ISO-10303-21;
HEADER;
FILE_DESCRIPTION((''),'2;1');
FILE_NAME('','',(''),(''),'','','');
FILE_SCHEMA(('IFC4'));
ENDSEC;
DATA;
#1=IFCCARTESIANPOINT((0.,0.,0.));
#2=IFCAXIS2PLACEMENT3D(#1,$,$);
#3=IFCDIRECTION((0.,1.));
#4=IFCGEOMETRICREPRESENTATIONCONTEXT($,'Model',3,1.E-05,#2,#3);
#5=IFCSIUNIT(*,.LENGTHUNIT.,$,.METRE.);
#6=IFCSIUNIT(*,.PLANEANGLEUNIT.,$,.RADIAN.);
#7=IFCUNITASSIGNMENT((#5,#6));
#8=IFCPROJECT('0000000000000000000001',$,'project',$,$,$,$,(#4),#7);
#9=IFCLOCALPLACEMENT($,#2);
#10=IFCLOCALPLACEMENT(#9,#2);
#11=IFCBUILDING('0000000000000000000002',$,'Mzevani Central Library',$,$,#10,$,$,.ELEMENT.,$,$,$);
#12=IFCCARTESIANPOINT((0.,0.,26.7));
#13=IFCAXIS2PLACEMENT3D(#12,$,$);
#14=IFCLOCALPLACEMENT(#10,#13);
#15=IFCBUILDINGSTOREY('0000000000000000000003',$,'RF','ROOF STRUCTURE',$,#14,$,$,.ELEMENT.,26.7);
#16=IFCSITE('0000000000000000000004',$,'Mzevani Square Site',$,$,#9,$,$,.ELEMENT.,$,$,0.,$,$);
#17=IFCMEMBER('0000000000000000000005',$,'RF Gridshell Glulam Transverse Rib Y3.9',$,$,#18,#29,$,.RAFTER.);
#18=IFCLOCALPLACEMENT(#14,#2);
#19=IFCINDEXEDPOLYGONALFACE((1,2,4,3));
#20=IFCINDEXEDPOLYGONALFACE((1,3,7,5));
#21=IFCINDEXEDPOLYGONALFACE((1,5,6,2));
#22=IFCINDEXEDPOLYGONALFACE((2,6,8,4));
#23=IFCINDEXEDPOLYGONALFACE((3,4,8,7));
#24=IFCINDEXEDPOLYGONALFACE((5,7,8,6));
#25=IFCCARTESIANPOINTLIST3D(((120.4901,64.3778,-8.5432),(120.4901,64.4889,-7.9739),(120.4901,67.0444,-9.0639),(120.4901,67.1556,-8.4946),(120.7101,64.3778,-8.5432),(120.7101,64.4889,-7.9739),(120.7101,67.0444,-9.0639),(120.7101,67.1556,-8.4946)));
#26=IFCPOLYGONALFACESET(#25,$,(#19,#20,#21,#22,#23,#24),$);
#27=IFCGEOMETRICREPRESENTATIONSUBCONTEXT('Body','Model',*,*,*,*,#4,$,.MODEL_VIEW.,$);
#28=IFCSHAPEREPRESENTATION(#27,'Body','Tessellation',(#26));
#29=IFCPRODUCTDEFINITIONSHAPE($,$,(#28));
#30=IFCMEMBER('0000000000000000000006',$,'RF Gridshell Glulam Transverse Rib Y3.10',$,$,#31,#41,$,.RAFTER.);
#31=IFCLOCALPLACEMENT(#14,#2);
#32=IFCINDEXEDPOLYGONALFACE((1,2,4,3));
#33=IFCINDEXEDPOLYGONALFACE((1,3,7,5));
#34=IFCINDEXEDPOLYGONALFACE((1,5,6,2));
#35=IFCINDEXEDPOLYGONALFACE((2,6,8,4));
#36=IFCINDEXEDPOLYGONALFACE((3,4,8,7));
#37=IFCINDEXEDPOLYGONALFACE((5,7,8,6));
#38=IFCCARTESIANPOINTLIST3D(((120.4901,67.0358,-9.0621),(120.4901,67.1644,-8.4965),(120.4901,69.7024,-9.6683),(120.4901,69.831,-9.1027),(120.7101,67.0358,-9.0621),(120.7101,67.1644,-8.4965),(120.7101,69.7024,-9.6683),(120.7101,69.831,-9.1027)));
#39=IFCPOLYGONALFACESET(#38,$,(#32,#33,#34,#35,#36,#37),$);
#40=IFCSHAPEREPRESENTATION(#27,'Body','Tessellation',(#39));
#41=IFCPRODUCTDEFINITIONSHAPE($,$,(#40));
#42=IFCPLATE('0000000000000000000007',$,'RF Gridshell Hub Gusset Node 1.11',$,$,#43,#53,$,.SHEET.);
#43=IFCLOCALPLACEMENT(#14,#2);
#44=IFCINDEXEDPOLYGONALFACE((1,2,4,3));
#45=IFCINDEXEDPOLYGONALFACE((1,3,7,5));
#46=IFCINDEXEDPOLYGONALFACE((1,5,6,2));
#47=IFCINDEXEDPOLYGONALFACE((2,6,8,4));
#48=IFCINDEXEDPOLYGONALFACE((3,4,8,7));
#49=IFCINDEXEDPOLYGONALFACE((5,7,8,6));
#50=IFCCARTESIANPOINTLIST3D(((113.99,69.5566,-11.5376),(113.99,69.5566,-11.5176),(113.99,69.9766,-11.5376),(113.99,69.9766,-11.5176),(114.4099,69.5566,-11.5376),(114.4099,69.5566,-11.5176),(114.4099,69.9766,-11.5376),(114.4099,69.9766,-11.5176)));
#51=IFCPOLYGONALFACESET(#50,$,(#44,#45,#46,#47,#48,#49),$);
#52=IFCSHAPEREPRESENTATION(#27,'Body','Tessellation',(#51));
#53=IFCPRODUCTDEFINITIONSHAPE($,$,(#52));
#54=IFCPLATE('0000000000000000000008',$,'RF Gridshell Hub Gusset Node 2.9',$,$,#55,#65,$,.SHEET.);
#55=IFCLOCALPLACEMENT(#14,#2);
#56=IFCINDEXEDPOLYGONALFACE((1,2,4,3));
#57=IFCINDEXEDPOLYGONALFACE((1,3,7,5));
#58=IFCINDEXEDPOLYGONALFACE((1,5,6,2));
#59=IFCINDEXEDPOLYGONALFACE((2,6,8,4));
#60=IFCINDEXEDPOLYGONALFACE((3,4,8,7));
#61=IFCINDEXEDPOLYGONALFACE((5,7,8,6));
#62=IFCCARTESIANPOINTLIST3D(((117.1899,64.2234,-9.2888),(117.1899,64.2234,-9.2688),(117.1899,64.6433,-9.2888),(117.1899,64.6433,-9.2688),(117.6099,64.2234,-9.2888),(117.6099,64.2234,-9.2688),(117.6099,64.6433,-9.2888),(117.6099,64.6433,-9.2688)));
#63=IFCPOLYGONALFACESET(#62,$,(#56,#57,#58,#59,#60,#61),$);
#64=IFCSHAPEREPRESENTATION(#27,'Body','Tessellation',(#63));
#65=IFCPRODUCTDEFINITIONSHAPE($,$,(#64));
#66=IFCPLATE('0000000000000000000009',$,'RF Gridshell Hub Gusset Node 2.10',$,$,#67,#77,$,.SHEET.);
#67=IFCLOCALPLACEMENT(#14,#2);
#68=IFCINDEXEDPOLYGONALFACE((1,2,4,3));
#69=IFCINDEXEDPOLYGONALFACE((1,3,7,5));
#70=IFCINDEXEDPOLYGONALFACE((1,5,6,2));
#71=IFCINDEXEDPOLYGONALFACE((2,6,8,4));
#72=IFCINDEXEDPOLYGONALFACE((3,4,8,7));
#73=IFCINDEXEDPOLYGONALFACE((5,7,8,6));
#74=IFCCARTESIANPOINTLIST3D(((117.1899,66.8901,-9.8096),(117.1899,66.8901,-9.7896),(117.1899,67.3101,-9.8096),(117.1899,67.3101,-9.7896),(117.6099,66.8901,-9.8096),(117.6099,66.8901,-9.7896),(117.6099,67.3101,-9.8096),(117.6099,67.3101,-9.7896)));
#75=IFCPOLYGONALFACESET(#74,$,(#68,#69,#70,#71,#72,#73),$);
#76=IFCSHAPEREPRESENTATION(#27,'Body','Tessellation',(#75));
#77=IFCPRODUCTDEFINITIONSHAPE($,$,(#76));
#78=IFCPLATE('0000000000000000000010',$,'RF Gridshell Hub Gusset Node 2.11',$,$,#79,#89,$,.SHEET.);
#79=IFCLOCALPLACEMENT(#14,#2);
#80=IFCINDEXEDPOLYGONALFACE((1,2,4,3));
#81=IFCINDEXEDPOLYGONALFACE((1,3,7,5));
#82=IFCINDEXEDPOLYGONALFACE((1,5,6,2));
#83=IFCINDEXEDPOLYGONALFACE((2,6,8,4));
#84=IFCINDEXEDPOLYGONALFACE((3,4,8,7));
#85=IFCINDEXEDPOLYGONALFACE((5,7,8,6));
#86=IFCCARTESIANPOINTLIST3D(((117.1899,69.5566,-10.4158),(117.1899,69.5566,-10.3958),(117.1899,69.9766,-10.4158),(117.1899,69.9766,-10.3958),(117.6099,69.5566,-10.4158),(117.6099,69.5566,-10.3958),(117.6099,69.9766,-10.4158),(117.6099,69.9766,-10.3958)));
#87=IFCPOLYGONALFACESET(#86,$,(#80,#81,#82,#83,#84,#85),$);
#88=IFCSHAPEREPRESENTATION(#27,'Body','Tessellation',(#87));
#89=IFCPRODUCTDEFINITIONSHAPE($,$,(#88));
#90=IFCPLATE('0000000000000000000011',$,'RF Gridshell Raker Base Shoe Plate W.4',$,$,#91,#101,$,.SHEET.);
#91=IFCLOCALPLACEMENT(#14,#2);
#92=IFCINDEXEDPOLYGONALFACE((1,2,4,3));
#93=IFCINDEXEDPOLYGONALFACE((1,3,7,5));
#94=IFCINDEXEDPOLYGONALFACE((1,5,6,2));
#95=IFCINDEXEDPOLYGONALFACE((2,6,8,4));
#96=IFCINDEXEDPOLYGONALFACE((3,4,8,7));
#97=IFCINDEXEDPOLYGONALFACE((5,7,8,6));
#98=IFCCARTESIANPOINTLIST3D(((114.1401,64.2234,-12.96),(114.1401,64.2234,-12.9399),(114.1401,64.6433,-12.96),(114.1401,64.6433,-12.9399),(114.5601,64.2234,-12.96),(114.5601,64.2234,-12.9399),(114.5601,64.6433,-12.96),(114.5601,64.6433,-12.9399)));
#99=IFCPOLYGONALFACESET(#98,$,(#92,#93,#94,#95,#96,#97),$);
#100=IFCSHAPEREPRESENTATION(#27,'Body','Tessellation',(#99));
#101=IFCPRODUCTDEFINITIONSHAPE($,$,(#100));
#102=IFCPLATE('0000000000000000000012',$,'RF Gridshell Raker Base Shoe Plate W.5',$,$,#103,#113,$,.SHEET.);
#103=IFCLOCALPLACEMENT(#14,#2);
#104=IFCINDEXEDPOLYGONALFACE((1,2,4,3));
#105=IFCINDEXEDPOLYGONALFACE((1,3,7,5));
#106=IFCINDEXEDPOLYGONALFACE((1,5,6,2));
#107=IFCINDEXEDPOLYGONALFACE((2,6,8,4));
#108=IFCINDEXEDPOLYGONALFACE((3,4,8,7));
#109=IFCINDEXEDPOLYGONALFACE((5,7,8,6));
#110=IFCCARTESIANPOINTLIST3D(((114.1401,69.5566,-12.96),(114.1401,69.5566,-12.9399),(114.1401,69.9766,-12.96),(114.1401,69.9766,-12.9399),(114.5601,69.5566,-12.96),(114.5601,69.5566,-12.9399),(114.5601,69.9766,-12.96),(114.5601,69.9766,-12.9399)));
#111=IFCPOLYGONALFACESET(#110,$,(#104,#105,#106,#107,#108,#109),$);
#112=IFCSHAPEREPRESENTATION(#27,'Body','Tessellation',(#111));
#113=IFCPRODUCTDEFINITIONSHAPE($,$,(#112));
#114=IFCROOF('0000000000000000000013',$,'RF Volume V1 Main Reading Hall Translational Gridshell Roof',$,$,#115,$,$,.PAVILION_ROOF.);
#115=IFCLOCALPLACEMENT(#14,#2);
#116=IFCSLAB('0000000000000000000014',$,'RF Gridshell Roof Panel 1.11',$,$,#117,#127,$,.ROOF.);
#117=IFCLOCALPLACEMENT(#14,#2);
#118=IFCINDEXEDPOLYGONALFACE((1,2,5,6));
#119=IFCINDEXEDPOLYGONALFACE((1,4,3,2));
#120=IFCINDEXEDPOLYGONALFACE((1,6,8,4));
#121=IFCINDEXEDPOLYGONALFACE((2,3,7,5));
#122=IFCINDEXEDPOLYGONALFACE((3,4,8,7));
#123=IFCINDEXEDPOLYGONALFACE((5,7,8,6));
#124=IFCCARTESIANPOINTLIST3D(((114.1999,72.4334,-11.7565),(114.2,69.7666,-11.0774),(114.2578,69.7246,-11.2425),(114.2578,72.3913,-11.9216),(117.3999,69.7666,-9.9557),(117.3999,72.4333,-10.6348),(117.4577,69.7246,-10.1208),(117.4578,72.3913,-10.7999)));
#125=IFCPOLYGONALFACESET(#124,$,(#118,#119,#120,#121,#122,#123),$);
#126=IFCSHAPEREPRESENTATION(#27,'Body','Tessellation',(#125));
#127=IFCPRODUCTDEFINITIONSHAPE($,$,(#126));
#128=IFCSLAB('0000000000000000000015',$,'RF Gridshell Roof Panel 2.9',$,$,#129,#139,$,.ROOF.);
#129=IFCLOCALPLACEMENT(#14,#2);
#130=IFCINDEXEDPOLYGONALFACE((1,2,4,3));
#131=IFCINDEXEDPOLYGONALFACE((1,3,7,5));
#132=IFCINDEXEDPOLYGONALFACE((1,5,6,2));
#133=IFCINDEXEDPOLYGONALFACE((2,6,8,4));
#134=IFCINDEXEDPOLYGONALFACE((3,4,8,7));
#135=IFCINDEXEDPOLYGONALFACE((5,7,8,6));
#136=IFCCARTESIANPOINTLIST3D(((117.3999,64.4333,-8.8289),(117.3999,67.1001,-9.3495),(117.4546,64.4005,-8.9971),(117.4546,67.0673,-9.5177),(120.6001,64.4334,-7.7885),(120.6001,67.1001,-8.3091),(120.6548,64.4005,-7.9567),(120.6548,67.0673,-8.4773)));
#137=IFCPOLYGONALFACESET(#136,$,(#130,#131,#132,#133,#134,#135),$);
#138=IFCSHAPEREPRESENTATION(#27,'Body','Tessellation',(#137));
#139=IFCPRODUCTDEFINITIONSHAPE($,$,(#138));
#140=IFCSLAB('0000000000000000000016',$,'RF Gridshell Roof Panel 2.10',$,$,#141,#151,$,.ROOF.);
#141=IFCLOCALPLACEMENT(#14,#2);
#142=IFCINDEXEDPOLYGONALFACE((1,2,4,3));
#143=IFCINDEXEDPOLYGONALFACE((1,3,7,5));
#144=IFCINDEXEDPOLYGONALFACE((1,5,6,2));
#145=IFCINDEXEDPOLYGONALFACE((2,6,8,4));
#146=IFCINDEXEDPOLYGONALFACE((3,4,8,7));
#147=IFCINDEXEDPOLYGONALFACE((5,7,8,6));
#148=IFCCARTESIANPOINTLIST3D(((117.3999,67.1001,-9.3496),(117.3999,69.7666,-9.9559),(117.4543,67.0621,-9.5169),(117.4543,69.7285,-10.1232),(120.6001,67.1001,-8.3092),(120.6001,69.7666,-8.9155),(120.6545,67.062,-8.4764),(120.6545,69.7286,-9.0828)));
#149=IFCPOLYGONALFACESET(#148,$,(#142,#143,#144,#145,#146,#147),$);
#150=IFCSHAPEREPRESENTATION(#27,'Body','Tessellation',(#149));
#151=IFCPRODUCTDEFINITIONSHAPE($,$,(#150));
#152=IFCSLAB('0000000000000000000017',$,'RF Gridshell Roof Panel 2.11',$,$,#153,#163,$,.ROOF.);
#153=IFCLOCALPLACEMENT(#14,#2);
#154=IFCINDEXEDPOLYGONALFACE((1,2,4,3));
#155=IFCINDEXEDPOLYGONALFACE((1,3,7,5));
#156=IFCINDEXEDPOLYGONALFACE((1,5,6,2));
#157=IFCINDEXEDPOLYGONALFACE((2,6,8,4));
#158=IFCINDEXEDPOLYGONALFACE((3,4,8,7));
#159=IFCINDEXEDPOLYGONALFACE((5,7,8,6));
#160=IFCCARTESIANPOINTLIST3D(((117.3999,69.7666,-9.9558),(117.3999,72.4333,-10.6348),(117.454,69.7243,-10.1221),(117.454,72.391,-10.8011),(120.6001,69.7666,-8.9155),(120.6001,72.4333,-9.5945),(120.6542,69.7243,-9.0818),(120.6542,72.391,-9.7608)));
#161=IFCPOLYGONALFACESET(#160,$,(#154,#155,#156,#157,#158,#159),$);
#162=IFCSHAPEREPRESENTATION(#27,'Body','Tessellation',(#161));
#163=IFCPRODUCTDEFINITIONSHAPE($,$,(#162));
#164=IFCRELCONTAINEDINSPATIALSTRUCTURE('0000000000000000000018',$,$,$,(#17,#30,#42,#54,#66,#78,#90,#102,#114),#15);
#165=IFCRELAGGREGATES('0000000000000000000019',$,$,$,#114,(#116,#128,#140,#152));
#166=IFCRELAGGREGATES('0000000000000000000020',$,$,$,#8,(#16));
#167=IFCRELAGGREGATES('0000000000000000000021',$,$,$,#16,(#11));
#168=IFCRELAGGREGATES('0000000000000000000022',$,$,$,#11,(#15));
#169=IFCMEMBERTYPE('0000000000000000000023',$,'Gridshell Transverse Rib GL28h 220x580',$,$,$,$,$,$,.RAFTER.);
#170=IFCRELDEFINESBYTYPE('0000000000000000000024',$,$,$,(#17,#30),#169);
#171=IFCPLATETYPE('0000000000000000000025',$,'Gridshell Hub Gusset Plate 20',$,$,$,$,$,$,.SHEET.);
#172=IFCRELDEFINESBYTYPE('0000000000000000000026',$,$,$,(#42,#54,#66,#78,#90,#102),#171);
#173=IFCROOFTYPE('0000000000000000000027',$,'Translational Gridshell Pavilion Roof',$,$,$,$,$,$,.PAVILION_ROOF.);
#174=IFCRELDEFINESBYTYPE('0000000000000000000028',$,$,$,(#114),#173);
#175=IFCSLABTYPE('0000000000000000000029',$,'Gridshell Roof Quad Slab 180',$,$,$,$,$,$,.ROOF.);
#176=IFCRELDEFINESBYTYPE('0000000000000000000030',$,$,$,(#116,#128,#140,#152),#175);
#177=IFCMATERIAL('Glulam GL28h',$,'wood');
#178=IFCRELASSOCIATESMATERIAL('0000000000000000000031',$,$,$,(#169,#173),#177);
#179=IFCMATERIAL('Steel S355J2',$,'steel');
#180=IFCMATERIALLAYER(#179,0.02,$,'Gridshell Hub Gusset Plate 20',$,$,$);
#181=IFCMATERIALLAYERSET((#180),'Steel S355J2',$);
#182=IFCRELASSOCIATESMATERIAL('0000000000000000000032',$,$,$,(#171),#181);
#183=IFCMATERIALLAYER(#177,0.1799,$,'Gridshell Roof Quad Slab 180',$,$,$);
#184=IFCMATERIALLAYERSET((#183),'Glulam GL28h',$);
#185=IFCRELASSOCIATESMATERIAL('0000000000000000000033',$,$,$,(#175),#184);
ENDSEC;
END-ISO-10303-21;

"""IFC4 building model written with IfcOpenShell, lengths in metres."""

from ifc_helpers import new_model, si_unit, direction, frame, origin, origin_2d, place, context, subcontext, project, spatial, polyline, rectangle, outline, extrude, material, layer, layer_set, material_profile, profile_set, type_object, element, aggregate, save


model = new_model("IFC4")

# Units and contexts
model_context = context("Model", 3, precision=1e-05, world=origin(), true_north=direction((0.0, 1.0)))
body_context = subcontext(model_context, "Body", "Model", "MODEL_VIEW")
ifc_project = project(units=[si_unit("LENGTHUNIT", "METRE"), si_unit("PLANEANGLEUNIT", "RADIAN")], contexts=[model_context])

# Site, building, storey
site_placement = place(None, origin())
site = spatial("IfcSite", under=ifc_project, at=site_placement, Name="Mzevani Square Site", CompositionType="ELEMENT", RefElevation=0.0)
building_placement = place(site_placement, origin())
building = spatial("IfcBuilding", under=site, at=building_placement, Name="Mzevani Central Library", CompositionType="ELEMENT")
storey_placement = place(building_placement, frame((0.0, 0.0, 26.7)))
storey = spatial("IfcBuildingStorey", under=building, at=storey_placement, Name="RF", Description="ROOF STRUCTURE", CompositionType="ELEMENT", Elevation=26.7)

# Members
ifc_material_1 = material(Name="Steel S355J2", Category="steel")
ifc_material_2 = material(Name="Glulam GL28h", Category="wood")
ifc_material_profile_1 = material_profile(ifc_material_2, rectangle(XDim=0.22, YDim=0.5801, at=origin_2d()), Name="GL28h 220x580")
ifc_profile_set_1 = profile_set([ifc_material_profile_1], Name="Glulam GL28h")
member_type_1 = type_object("IfcMemberType", Name="Gridshell Transverse Rib GL28h 220x580", PredefinedType="RAFTER", material=ifc_profile_set_1)
member_1_placement = place(storey_placement, frame((120.6001, 64.4333, -8.2585), z_axis=(0.0, 0.981462, -0.191656), x_axis=(-1.0, 0.0, 0.0)))
element("IfcMember", 1, at=member_1_placement, inside=storey, type_object=member_type_1, Name="RF Gridshell Glulam Transverse Rib Y3.9", PredefinedType="RAFTER", context=body_context, shape_type="SweptSolid", body=[
    extrude(rectangle(XDim=0.22, YDim=0.5801, at=origin_2d()), origin(), (0.0, 0.0, 1.0), 2.717),
])
member_2_placement = place(storey_placement, frame((120.6001, 67.1001, -8.7793), z_axis=(0.0, 0.975119, -0.221683), x_axis=(-1.0, 0.0, 0.0)))
element("IfcMember", 2, at=member_2_placement, inside=storey, type_object=member_type_1, Name="RF Gridshell Glulam Transverse Rib Y3.10", PredefinedType="RAFTER", context=body_context, shape_type="SweptSolid", body=[
    extrude(rectangle(XDim=0.22, YDim=0.5801, at=origin_2d()), origin(), (0.0, 0.0, 1.0), 2.7346),
])

# Plates
ifc_layer_1 = layer(ifc_material_1, 0.02, Name="Gridshell Hub Gusset Plate 20")
ifc_layer_set_1 = layer_set([ifc_layer_1], Name="Steel S355J2")
plate_type = type_object("IfcPlateType", Name="Gridshell Hub Gusset Plate 20", PredefinedType="SHEET", material=ifc_layer_set_1)
for number, where, z_axis, x_axis, name in (
    (3, (114.2, 69.7666, -11.5376), (0.0, 0.0, 1.0), (1.0, 0.0, 0.0), "RF Gridshell Hub Gusset Node 1.11"),
    (4, (117.3999, 64.4333, -9.2888), (0.0, 0.0, 1.0), (1.0, 0.0, 0.0), "RF Gridshell Hub Gusset Node 2.9"),
    (5, (117.3999, 67.1001, -9.8096), (0.0, 0.0, 1.0), (1.0, 0.0, 0.0), "RF Gridshell Hub Gusset Node 2.10"),
    (6, (117.3999, 69.7666, -10.4158), (0.0, 0.0, 1.0), (1.0, 0.0, 0.0), "RF Gridshell Hub Gusset Node 2.11"),
    (7, (114.3501, 64.4333, -12.96), (0.0, 0.0, 1.0), (1.0, 0.0, 0.0), "RF Gridshell Raker Base Shoe Plate W.4"),
    (8, (114.3501, 69.7666, -12.96), (0.0, 0.0, 1.0), (1.0, 0.0, 0.0), "RF Gridshell Raker Base Shoe Plate W.5"),
):
    element("IfcPlate", number, at=place(storey_placement, frame(where, z_axis=z_axis, x_axis=x_axis)), inside=storey, type_object=plate_type, Name=name, PredefinedType="SHEET", context=body_context, shape_type="SweptSolid", body=[
        extrude(rectangle(XDim=0.4199, YDim=0.4199, at=origin_2d()), origin(), (0.0, 0.0, 1.0), 0.02),
    ])

# Roof, slabs
roof_type = type_object("IfcRoofType", Name="Translational Gridshell Pavilion Roof", PredefinedType="PAVILION_ROOF", material=ifc_material_2)
roof_placement = place(storey_placement, origin())
roof = element("IfcRoof", 9, at=roof_placement, inside=storey, type_object=roof_type, Name="RF Volume V1 Main Reading Hall Translational Gridshell Roof", PredefinedType="PAVILION_ROOF")
ifc_layer_2 = layer(ifc_material_2, 0.1799, Name="Gridshell Roof Quad Slab 180")
ifc_layer_set_2 = layer_set([ifc_layer_2], Name="Glulam GL28h")
slab_type = type_object("IfcSlabType", Name="Gridshell Roof Quad Slab 180", PredefinedType="ROOF", material=ifc_layer_set_2)
slab_1_placement = place(storey_placement, frame((114.2, 69.7666, -11.0774), z_axis=(-0.321646, 0.233658, 0.917577), x_axis=(0.943701, 0.000008, 0.330801)))
slab_1 = element("IfcSlab", 10, at=slab_1_placement, type_object=slab_type, Name="RF Gridshell Roof Panel 1.11", PredefinedType="ROOF", context=body_context, shape_type="SweptSolid", body=[
    extrude(outline(polyline([(0.0, 0.0), (3.3908, 0.0), (3.1662, 2.7426), (-0.2247, 2.7427), (0.0, 0.0)])), origin(), (0.0, 0.0, -1.0), 0.1799),
])
slab_2_placement = place(storey_placement, frame((117.3999, 64.4333, -8.8289), z_axis=(-0.303983, 0.182545, 0.935025), x_axis=(0.951005, 0.000006, 0.309177)))
slab_2 = element("IfcSlab", 11, at=slab_2_placement, type_object=slab_type, Name="RF Gridshell Roof Panel 2.9", PredefinedType="ROOF", context=body_context, shape_type="SweptSolid", body=[
    extrude(outline(polyline([(0.0, 0.0), (3.365, 0.0), (3.2041, 2.7123), (-0.161, 2.7123), (0.0, 0.0)])), origin(), (0.0, 0.0, -1.0), 0.1799),
])
slab_3_placement = place(storey_placement, frame((117.3999, 67.1001, -9.3496), z_axis=(-0.302193, 0.211359, 0.92952), x_axis=(0.951004, -0.000007, 0.309179)))
slab_3 = element("IfcSlab", 12, at=slab_3_placement, type_object=slab_type, Name="RF Gridshell Roof Panel 2.10", PredefinedType="ROOF", context=body_context, shape_type="SweptSolid", body=[
    extrude(outline(polyline([(0.0, 0.0), (3.3651, 0.0), (3.1776, 2.7282), (-0.1874, 2.7281), (0.0, 0.0)])), origin(), (0.0, 0.0, -1.0), 0.1799),
])
slab_4_placement = place(storey_placement, frame((117.3999, 69.7666, -9.9558), z_axis=(-0.300463, 0.235329, 0.924306), x_axis=(0.951015, 0.0, 0.309145)))
slab_4 = element("IfcSlab", 13, at=slab_4_placement, type_object=slab_type, Name="RF Gridshell Roof Panel 2.11", PredefinedType="ROOF", context=body_context, shape_type="SweptSolid", body=[
    extrude(outline(polyline([(0.0, 0.0), (3.365, 0.0), (3.1551, 2.7438), (-0.2099, 2.7438), (0.0, 0.0)])), origin(), (0.0, 0.0, -1.0), 0.1799),
])
aggregate(roof, [slab_1, slab_2, slab_3, slab_4])

save(model, "model.ifc")
